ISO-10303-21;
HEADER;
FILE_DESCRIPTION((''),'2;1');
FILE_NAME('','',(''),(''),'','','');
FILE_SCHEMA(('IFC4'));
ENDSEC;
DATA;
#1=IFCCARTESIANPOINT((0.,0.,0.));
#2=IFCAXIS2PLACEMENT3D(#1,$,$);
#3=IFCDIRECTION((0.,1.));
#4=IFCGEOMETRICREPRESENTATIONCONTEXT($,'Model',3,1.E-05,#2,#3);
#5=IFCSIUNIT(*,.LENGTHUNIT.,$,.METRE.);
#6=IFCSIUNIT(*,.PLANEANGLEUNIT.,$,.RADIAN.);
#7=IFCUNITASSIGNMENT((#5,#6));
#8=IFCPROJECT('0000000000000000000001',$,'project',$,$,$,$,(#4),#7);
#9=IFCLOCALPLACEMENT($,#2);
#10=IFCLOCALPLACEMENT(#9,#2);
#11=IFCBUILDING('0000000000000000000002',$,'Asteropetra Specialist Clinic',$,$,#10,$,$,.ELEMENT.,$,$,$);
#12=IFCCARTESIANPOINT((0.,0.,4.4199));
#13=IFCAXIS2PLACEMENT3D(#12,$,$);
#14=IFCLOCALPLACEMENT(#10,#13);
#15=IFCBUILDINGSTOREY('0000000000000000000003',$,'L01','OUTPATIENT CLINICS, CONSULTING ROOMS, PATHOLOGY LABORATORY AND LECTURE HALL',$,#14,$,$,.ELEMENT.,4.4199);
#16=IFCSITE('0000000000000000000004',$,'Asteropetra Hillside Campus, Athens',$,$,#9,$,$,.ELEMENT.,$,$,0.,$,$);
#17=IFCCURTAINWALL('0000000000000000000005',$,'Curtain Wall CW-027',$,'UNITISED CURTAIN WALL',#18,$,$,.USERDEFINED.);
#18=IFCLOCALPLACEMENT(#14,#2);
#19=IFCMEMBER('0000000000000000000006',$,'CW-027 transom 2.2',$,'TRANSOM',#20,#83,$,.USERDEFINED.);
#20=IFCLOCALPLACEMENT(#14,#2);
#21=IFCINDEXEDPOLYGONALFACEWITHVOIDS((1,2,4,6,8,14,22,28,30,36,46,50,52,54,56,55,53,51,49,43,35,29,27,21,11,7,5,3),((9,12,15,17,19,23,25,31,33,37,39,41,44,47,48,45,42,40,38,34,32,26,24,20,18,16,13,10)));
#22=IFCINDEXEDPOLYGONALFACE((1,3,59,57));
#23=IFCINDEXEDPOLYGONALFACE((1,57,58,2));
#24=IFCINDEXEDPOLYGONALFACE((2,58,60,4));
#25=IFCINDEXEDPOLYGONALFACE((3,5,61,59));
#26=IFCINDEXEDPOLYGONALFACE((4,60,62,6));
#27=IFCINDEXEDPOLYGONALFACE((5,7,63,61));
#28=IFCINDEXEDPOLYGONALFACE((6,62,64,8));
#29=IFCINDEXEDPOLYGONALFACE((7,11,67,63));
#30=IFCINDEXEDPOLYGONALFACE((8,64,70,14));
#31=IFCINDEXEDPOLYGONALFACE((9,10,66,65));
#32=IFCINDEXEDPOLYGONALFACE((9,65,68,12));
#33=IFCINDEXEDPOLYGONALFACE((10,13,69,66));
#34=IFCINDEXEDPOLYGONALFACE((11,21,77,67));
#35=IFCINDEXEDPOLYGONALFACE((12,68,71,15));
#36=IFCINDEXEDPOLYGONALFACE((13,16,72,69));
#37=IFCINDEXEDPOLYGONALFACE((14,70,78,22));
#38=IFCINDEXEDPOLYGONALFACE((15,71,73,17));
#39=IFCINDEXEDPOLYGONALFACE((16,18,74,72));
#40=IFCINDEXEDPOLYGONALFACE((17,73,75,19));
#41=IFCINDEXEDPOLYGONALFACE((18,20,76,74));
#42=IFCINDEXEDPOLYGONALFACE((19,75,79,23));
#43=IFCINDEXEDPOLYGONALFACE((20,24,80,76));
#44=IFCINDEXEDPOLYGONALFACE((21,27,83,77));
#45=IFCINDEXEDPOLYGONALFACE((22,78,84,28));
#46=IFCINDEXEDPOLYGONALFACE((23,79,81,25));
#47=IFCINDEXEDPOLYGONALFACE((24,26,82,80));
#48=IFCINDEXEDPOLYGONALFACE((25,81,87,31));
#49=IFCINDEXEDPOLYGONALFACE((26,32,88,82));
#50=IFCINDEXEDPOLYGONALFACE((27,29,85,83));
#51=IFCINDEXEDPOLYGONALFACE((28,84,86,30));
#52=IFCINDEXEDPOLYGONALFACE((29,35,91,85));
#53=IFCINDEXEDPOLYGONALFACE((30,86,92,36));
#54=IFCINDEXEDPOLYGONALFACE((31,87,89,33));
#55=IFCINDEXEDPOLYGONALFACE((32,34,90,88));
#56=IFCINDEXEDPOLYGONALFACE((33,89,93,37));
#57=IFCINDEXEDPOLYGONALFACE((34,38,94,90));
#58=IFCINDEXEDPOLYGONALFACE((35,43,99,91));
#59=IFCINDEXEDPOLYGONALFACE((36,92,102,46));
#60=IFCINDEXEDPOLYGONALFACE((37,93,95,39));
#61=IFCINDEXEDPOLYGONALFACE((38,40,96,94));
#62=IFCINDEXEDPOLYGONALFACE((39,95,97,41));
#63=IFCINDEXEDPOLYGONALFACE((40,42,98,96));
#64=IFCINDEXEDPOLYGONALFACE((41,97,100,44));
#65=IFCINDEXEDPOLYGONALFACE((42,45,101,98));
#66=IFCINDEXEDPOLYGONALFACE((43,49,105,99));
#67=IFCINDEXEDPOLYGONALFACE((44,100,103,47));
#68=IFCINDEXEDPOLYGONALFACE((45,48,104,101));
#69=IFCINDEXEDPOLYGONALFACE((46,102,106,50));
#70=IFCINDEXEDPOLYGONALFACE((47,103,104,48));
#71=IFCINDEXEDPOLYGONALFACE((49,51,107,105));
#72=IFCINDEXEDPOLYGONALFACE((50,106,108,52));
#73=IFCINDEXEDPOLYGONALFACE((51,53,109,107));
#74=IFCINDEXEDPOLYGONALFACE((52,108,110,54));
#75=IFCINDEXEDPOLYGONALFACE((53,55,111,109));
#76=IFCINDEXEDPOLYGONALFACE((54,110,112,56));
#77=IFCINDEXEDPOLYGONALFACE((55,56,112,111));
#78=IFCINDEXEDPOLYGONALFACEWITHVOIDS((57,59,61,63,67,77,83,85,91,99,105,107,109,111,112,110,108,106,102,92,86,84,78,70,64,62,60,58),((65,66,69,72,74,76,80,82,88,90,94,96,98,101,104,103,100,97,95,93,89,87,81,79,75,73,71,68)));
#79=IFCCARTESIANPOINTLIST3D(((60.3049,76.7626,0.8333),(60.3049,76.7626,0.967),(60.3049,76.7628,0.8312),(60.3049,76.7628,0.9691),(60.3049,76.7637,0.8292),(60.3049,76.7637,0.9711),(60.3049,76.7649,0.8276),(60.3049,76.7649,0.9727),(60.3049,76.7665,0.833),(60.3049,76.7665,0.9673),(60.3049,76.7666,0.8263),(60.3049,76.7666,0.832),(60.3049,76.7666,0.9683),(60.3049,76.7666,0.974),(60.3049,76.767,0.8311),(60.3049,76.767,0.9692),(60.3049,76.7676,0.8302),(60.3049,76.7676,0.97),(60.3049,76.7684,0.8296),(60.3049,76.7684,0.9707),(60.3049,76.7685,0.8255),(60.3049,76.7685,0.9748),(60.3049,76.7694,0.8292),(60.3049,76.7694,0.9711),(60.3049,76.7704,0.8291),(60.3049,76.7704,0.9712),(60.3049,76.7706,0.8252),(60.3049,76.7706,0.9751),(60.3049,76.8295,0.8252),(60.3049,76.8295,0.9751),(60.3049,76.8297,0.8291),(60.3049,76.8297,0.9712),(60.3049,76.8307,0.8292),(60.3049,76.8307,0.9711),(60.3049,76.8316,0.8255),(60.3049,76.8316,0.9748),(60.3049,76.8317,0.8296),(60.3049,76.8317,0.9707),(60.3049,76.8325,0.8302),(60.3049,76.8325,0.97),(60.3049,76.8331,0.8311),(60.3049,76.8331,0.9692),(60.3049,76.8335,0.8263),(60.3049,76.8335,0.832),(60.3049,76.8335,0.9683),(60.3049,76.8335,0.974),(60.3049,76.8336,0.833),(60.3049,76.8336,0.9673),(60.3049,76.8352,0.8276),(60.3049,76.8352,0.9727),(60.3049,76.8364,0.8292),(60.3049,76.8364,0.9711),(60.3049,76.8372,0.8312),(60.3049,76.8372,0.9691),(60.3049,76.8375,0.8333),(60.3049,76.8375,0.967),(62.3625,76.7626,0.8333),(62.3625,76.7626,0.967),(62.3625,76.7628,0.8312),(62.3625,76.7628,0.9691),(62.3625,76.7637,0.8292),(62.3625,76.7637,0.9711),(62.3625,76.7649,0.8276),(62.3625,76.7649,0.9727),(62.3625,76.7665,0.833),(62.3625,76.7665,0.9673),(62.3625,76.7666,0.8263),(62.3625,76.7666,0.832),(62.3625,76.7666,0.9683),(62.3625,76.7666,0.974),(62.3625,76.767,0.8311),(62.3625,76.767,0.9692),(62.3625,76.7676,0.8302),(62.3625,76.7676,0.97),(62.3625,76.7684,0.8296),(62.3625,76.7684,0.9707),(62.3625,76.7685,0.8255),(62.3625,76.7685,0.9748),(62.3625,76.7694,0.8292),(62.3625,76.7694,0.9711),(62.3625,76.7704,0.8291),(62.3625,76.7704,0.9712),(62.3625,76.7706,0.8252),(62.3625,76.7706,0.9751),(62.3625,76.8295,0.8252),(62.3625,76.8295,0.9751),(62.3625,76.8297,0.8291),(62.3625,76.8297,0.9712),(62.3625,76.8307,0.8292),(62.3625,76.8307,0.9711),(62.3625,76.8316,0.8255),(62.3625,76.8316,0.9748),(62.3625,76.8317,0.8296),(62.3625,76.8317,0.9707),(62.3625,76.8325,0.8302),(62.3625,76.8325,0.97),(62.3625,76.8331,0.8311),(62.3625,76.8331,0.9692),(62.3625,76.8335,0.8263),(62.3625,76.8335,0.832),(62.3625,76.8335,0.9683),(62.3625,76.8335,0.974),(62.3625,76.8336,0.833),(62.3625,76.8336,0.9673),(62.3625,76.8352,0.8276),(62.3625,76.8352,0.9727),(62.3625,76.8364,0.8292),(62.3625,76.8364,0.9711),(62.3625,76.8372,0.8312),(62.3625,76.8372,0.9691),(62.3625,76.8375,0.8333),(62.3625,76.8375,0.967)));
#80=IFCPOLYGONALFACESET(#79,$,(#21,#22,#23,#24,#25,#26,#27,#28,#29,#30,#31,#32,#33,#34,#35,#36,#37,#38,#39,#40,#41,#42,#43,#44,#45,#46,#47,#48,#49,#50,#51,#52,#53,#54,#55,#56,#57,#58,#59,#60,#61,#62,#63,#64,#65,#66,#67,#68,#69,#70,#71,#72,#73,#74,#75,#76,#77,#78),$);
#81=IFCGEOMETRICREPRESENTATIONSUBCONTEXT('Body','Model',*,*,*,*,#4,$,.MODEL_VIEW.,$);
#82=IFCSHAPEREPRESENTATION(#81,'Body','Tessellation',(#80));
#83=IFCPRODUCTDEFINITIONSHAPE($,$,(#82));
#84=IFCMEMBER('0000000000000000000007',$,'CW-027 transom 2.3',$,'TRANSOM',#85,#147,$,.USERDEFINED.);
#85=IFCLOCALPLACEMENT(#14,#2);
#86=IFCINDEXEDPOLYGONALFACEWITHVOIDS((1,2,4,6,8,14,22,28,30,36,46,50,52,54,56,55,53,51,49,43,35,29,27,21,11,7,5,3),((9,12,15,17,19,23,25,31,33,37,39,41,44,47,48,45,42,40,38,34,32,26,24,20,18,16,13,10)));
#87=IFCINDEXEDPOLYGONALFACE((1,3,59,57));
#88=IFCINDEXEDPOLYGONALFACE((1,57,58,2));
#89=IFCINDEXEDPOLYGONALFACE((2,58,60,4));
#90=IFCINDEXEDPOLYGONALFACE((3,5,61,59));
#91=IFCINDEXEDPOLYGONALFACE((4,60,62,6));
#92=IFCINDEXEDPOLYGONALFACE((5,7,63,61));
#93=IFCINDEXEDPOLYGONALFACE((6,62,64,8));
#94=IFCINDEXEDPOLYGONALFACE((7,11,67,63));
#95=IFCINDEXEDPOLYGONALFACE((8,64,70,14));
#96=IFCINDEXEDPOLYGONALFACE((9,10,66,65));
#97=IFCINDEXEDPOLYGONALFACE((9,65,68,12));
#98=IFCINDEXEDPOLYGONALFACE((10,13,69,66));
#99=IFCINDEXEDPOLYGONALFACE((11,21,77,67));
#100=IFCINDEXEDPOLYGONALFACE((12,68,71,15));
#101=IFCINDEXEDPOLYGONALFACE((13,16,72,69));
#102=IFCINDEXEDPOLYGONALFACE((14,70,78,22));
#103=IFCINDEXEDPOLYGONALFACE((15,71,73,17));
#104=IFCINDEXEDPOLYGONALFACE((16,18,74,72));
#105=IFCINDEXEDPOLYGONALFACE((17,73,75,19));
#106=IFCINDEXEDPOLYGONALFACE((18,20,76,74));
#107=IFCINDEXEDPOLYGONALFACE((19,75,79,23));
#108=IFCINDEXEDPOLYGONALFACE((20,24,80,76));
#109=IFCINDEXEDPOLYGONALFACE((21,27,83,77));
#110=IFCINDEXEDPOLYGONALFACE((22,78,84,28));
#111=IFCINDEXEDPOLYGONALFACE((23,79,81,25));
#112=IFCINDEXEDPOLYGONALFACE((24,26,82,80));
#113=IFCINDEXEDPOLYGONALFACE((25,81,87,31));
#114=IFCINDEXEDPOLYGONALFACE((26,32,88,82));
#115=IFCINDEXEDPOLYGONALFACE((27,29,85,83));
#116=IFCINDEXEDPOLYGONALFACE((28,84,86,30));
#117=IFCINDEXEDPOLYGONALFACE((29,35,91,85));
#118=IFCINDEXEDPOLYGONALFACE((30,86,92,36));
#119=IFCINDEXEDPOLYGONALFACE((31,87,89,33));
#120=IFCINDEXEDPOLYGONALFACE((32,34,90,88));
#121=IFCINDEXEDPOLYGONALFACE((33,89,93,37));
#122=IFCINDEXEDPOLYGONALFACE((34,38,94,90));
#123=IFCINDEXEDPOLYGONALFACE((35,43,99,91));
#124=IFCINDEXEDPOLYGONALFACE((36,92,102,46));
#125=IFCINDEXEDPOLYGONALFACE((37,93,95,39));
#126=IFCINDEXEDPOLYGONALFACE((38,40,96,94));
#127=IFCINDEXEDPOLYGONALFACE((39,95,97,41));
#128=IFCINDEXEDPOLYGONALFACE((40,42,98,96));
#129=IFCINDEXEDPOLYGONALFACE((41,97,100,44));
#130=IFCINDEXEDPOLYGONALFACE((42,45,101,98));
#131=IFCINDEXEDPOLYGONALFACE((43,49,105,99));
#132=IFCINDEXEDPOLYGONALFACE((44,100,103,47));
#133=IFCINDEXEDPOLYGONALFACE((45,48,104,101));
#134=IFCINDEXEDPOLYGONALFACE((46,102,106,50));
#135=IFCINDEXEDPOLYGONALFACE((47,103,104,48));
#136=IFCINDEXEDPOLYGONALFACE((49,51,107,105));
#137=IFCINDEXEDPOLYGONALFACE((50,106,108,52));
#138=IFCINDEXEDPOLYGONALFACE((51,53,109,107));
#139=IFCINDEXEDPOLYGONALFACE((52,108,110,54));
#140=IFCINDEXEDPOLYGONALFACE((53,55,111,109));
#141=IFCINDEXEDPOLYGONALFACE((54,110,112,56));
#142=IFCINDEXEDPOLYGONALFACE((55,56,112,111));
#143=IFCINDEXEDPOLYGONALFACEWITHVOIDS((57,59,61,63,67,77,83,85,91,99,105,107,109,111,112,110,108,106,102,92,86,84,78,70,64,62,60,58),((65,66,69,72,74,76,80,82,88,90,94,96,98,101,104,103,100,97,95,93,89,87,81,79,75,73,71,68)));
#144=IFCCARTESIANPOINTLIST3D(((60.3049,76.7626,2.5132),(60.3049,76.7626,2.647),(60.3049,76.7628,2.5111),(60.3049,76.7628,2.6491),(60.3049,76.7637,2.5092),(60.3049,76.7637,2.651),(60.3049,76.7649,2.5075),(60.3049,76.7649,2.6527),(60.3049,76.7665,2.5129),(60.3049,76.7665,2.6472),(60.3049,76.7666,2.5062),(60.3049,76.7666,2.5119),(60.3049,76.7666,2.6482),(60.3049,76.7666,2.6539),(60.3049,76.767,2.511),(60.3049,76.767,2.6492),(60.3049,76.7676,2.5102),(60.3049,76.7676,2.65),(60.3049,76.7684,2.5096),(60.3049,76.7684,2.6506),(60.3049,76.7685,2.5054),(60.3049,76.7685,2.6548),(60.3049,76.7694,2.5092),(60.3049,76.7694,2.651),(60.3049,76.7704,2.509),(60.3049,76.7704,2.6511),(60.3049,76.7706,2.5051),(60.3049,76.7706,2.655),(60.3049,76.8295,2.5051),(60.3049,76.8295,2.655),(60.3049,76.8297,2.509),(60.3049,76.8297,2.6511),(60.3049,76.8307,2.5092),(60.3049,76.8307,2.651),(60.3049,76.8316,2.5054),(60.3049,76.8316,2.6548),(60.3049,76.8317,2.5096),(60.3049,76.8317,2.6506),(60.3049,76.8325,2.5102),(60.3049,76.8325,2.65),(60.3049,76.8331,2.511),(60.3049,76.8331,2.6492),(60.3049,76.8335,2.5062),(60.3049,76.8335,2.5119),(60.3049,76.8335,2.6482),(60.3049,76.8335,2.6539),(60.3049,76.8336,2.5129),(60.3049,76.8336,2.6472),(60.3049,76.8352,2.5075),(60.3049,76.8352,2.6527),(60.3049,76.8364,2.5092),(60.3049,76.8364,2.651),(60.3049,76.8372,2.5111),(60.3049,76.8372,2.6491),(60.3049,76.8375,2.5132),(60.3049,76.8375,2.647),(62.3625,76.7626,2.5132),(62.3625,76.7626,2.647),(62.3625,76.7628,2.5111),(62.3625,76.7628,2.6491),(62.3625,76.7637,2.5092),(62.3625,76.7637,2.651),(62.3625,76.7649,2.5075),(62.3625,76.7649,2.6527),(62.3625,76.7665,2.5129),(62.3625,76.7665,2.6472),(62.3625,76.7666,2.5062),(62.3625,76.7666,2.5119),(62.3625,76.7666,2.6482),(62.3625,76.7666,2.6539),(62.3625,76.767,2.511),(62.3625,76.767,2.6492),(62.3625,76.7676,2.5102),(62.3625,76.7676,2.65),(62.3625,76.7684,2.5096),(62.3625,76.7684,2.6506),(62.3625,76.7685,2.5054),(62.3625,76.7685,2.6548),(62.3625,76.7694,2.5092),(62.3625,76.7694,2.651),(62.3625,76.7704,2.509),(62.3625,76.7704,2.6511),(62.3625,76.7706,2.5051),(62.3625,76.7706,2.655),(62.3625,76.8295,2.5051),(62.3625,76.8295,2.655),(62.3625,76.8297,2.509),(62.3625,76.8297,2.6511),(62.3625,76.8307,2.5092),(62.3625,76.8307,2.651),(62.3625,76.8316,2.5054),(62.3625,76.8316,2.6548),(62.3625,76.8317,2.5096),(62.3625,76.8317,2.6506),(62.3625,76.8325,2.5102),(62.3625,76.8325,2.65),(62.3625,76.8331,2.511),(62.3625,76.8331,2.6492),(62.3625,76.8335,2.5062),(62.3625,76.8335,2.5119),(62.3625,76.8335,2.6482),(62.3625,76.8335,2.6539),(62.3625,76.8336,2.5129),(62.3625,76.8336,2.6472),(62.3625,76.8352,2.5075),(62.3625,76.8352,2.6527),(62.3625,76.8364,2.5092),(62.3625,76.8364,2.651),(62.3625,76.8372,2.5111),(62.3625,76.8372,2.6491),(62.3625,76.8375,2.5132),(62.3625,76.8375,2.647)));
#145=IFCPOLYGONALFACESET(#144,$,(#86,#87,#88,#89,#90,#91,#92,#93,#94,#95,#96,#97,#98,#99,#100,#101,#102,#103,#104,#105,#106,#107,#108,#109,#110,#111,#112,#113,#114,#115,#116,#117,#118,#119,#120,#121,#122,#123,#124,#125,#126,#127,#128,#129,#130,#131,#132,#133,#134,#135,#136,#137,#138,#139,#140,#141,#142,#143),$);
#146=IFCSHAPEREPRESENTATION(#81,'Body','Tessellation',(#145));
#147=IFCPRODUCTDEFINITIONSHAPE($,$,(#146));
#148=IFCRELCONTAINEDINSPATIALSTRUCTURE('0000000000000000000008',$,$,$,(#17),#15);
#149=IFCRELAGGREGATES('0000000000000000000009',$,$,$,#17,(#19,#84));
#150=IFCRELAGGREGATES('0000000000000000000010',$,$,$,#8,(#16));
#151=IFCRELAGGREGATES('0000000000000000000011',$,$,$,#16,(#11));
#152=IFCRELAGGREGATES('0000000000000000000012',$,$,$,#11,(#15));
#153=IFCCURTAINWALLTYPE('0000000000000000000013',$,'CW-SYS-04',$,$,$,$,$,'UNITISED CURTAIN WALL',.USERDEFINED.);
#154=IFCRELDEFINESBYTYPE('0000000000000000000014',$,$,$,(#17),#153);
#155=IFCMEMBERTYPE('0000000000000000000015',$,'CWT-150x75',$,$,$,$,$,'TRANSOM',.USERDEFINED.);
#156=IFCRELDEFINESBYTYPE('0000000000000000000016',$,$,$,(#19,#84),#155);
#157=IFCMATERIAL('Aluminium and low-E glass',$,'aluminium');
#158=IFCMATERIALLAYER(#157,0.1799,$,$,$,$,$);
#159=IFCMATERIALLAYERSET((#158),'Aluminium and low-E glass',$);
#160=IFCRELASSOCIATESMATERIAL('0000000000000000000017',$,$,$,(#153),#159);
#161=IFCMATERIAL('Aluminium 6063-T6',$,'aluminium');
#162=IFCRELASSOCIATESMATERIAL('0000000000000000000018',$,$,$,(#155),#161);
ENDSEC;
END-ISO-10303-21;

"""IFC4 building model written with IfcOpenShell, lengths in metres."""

from ifc_helpers import new_model, si_unit, direction, frame, origin, origin_2d, place, context, subcontext, project, spatial, hollow_rectangle, extrude, material, layer, layer_set, material_profile, profile_set, type_object, element, aggregate, save


model = new_model("IFC4")

# Units and contexts
model_context = context("Model", 3, precision=1e-05, world=origin(), true_north=direction((0.0, 1.0)))
body_context = subcontext(model_context, "Body", "Model", "MODEL_VIEW")
ifc_project = project(units=[si_unit("LENGTHUNIT", "METRE"), si_unit("PLANEANGLEUNIT", "RADIAN")], contexts=[model_context])

# Site, building, storey
site_placement = place(None, origin())
site = spatial("IfcSite", under=ifc_project, at=site_placement, Name="Asteropetra Hillside Campus, Athens", CompositionType="ELEMENT", RefElevation=0.0)
building_placement = place(site_placement, origin())
building = spatial("IfcBuilding", under=site, at=building_placement, Name="Asteropetra Specialist Clinic", CompositionType="ELEMENT")
storey_placement = place(building_placement, frame((0.0, 0.0, 4.4199)))
storey = spatial("IfcBuildingStorey", under=building, at=storey_placement, Name="L01", Description="OUTPATIENT CLINICS, CONSULTING ROOMS, PATHOLOGY LABORATORY AND LECTURE HALL", CompositionType="ELEMENT", Elevation=4.4199)

# Curtain wall, members
ifc_material_1 = material(Name="Aluminium and low-E glass", Category="aluminium")
ifc_layer_1 = layer(ifc_material_1, 0.1799)
ifc_layer_set_1 = layer_set([ifc_layer_1], Name="Aluminium and low-E glass")
curtain_wall_type = type_object("IfcCurtainWallType", Name="CW-SYS-04", ElementType="UNITISED CURTAIN WALL", PredefinedType="USERDEFINED", material=ifc_layer_set_1)
curtain_wall_placement = place(storey_placement, origin())
curtain_wall = element("IfcCurtainWall", 1, at=curtain_wall_placement, inside=storey, type_object=curtain_wall_type, Name="Curtain Wall CW-027", ObjectType="UNITISED CURTAIN WALL", PredefinedType="USERDEFINED")
ifc_material_2 = material(Name="Aluminium 6063-T6", Category="aluminium")
ifc_material_profile_1 = material_profile(ifc_material_2, hollow_rectangle(XDim=0.075, YDim=0.1499, WallThickness=0.0039, InnerFilletRadius=0.0039, OuterFilletRadius=0.0081, at=origin_2d()), Name="TRN 150x75x4.0")
ifc_profile_set_1 = profile_set([ifc_material_profile_1], Name="Aluminium 6063-T6")
member_type_1 = type_object("IfcMemberType", Name="CWT-150x75", ElementType="TRANSOM", PredefinedType="USERDEFINED", material=ifc_profile_set_1)
member_1_placement = place(storey_placement, frame((60.3049, 76.8, 0.9001), z_axis=(1.0, 0.0, 0.0), x_axis=(0.0, 1.0, 0.0)))
member_1 = element("IfcMember", 2, at=member_1_placement, type_object=member_type_1, Name="CW-027 transom 2.2", ObjectType="TRANSOM", PredefinedType="USERDEFINED", context=body_context, shape_type="SweptSolid", body=[
    extrude(hollow_rectangle(XDim=0.075, YDim=0.1499, WallThickness=0.0039, InnerFilletRadius=0.0039, OuterFilletRadius=0.0081, at=origin_2d()), origin(), (0.0, 0.0, 1.0), 2.0576),
])
member_2_placement = place(storey_placement, frame((60.3049, 76.8, 2.5801), z_axis=(1.0, 0.0, 0.0), x_axis=(0.0, 1.0, 0.0)))
member_2 = element("IfcMember", 3, at=member_2_placement, type_object=member_type_1, Name="CW-027 transom 2.3", ObjectType="TRANSOM", PredefinedType="USERDEFINED", context=body_context, shape_type="SweptSolid", body=[
    extrude(hollow_rectangle(XDim=0.075, YDim=0.1499, WallThickness=0.0039, InnerFilletRadius=0.0039, OuterFilletRadius=0.0081, at=origin_2d()), origin(), (0.0, 0.0, 1.0), 2.0576),
])
aggregate(curtain_wall, [member_1, member_2])

save(model, "model.ifc")
